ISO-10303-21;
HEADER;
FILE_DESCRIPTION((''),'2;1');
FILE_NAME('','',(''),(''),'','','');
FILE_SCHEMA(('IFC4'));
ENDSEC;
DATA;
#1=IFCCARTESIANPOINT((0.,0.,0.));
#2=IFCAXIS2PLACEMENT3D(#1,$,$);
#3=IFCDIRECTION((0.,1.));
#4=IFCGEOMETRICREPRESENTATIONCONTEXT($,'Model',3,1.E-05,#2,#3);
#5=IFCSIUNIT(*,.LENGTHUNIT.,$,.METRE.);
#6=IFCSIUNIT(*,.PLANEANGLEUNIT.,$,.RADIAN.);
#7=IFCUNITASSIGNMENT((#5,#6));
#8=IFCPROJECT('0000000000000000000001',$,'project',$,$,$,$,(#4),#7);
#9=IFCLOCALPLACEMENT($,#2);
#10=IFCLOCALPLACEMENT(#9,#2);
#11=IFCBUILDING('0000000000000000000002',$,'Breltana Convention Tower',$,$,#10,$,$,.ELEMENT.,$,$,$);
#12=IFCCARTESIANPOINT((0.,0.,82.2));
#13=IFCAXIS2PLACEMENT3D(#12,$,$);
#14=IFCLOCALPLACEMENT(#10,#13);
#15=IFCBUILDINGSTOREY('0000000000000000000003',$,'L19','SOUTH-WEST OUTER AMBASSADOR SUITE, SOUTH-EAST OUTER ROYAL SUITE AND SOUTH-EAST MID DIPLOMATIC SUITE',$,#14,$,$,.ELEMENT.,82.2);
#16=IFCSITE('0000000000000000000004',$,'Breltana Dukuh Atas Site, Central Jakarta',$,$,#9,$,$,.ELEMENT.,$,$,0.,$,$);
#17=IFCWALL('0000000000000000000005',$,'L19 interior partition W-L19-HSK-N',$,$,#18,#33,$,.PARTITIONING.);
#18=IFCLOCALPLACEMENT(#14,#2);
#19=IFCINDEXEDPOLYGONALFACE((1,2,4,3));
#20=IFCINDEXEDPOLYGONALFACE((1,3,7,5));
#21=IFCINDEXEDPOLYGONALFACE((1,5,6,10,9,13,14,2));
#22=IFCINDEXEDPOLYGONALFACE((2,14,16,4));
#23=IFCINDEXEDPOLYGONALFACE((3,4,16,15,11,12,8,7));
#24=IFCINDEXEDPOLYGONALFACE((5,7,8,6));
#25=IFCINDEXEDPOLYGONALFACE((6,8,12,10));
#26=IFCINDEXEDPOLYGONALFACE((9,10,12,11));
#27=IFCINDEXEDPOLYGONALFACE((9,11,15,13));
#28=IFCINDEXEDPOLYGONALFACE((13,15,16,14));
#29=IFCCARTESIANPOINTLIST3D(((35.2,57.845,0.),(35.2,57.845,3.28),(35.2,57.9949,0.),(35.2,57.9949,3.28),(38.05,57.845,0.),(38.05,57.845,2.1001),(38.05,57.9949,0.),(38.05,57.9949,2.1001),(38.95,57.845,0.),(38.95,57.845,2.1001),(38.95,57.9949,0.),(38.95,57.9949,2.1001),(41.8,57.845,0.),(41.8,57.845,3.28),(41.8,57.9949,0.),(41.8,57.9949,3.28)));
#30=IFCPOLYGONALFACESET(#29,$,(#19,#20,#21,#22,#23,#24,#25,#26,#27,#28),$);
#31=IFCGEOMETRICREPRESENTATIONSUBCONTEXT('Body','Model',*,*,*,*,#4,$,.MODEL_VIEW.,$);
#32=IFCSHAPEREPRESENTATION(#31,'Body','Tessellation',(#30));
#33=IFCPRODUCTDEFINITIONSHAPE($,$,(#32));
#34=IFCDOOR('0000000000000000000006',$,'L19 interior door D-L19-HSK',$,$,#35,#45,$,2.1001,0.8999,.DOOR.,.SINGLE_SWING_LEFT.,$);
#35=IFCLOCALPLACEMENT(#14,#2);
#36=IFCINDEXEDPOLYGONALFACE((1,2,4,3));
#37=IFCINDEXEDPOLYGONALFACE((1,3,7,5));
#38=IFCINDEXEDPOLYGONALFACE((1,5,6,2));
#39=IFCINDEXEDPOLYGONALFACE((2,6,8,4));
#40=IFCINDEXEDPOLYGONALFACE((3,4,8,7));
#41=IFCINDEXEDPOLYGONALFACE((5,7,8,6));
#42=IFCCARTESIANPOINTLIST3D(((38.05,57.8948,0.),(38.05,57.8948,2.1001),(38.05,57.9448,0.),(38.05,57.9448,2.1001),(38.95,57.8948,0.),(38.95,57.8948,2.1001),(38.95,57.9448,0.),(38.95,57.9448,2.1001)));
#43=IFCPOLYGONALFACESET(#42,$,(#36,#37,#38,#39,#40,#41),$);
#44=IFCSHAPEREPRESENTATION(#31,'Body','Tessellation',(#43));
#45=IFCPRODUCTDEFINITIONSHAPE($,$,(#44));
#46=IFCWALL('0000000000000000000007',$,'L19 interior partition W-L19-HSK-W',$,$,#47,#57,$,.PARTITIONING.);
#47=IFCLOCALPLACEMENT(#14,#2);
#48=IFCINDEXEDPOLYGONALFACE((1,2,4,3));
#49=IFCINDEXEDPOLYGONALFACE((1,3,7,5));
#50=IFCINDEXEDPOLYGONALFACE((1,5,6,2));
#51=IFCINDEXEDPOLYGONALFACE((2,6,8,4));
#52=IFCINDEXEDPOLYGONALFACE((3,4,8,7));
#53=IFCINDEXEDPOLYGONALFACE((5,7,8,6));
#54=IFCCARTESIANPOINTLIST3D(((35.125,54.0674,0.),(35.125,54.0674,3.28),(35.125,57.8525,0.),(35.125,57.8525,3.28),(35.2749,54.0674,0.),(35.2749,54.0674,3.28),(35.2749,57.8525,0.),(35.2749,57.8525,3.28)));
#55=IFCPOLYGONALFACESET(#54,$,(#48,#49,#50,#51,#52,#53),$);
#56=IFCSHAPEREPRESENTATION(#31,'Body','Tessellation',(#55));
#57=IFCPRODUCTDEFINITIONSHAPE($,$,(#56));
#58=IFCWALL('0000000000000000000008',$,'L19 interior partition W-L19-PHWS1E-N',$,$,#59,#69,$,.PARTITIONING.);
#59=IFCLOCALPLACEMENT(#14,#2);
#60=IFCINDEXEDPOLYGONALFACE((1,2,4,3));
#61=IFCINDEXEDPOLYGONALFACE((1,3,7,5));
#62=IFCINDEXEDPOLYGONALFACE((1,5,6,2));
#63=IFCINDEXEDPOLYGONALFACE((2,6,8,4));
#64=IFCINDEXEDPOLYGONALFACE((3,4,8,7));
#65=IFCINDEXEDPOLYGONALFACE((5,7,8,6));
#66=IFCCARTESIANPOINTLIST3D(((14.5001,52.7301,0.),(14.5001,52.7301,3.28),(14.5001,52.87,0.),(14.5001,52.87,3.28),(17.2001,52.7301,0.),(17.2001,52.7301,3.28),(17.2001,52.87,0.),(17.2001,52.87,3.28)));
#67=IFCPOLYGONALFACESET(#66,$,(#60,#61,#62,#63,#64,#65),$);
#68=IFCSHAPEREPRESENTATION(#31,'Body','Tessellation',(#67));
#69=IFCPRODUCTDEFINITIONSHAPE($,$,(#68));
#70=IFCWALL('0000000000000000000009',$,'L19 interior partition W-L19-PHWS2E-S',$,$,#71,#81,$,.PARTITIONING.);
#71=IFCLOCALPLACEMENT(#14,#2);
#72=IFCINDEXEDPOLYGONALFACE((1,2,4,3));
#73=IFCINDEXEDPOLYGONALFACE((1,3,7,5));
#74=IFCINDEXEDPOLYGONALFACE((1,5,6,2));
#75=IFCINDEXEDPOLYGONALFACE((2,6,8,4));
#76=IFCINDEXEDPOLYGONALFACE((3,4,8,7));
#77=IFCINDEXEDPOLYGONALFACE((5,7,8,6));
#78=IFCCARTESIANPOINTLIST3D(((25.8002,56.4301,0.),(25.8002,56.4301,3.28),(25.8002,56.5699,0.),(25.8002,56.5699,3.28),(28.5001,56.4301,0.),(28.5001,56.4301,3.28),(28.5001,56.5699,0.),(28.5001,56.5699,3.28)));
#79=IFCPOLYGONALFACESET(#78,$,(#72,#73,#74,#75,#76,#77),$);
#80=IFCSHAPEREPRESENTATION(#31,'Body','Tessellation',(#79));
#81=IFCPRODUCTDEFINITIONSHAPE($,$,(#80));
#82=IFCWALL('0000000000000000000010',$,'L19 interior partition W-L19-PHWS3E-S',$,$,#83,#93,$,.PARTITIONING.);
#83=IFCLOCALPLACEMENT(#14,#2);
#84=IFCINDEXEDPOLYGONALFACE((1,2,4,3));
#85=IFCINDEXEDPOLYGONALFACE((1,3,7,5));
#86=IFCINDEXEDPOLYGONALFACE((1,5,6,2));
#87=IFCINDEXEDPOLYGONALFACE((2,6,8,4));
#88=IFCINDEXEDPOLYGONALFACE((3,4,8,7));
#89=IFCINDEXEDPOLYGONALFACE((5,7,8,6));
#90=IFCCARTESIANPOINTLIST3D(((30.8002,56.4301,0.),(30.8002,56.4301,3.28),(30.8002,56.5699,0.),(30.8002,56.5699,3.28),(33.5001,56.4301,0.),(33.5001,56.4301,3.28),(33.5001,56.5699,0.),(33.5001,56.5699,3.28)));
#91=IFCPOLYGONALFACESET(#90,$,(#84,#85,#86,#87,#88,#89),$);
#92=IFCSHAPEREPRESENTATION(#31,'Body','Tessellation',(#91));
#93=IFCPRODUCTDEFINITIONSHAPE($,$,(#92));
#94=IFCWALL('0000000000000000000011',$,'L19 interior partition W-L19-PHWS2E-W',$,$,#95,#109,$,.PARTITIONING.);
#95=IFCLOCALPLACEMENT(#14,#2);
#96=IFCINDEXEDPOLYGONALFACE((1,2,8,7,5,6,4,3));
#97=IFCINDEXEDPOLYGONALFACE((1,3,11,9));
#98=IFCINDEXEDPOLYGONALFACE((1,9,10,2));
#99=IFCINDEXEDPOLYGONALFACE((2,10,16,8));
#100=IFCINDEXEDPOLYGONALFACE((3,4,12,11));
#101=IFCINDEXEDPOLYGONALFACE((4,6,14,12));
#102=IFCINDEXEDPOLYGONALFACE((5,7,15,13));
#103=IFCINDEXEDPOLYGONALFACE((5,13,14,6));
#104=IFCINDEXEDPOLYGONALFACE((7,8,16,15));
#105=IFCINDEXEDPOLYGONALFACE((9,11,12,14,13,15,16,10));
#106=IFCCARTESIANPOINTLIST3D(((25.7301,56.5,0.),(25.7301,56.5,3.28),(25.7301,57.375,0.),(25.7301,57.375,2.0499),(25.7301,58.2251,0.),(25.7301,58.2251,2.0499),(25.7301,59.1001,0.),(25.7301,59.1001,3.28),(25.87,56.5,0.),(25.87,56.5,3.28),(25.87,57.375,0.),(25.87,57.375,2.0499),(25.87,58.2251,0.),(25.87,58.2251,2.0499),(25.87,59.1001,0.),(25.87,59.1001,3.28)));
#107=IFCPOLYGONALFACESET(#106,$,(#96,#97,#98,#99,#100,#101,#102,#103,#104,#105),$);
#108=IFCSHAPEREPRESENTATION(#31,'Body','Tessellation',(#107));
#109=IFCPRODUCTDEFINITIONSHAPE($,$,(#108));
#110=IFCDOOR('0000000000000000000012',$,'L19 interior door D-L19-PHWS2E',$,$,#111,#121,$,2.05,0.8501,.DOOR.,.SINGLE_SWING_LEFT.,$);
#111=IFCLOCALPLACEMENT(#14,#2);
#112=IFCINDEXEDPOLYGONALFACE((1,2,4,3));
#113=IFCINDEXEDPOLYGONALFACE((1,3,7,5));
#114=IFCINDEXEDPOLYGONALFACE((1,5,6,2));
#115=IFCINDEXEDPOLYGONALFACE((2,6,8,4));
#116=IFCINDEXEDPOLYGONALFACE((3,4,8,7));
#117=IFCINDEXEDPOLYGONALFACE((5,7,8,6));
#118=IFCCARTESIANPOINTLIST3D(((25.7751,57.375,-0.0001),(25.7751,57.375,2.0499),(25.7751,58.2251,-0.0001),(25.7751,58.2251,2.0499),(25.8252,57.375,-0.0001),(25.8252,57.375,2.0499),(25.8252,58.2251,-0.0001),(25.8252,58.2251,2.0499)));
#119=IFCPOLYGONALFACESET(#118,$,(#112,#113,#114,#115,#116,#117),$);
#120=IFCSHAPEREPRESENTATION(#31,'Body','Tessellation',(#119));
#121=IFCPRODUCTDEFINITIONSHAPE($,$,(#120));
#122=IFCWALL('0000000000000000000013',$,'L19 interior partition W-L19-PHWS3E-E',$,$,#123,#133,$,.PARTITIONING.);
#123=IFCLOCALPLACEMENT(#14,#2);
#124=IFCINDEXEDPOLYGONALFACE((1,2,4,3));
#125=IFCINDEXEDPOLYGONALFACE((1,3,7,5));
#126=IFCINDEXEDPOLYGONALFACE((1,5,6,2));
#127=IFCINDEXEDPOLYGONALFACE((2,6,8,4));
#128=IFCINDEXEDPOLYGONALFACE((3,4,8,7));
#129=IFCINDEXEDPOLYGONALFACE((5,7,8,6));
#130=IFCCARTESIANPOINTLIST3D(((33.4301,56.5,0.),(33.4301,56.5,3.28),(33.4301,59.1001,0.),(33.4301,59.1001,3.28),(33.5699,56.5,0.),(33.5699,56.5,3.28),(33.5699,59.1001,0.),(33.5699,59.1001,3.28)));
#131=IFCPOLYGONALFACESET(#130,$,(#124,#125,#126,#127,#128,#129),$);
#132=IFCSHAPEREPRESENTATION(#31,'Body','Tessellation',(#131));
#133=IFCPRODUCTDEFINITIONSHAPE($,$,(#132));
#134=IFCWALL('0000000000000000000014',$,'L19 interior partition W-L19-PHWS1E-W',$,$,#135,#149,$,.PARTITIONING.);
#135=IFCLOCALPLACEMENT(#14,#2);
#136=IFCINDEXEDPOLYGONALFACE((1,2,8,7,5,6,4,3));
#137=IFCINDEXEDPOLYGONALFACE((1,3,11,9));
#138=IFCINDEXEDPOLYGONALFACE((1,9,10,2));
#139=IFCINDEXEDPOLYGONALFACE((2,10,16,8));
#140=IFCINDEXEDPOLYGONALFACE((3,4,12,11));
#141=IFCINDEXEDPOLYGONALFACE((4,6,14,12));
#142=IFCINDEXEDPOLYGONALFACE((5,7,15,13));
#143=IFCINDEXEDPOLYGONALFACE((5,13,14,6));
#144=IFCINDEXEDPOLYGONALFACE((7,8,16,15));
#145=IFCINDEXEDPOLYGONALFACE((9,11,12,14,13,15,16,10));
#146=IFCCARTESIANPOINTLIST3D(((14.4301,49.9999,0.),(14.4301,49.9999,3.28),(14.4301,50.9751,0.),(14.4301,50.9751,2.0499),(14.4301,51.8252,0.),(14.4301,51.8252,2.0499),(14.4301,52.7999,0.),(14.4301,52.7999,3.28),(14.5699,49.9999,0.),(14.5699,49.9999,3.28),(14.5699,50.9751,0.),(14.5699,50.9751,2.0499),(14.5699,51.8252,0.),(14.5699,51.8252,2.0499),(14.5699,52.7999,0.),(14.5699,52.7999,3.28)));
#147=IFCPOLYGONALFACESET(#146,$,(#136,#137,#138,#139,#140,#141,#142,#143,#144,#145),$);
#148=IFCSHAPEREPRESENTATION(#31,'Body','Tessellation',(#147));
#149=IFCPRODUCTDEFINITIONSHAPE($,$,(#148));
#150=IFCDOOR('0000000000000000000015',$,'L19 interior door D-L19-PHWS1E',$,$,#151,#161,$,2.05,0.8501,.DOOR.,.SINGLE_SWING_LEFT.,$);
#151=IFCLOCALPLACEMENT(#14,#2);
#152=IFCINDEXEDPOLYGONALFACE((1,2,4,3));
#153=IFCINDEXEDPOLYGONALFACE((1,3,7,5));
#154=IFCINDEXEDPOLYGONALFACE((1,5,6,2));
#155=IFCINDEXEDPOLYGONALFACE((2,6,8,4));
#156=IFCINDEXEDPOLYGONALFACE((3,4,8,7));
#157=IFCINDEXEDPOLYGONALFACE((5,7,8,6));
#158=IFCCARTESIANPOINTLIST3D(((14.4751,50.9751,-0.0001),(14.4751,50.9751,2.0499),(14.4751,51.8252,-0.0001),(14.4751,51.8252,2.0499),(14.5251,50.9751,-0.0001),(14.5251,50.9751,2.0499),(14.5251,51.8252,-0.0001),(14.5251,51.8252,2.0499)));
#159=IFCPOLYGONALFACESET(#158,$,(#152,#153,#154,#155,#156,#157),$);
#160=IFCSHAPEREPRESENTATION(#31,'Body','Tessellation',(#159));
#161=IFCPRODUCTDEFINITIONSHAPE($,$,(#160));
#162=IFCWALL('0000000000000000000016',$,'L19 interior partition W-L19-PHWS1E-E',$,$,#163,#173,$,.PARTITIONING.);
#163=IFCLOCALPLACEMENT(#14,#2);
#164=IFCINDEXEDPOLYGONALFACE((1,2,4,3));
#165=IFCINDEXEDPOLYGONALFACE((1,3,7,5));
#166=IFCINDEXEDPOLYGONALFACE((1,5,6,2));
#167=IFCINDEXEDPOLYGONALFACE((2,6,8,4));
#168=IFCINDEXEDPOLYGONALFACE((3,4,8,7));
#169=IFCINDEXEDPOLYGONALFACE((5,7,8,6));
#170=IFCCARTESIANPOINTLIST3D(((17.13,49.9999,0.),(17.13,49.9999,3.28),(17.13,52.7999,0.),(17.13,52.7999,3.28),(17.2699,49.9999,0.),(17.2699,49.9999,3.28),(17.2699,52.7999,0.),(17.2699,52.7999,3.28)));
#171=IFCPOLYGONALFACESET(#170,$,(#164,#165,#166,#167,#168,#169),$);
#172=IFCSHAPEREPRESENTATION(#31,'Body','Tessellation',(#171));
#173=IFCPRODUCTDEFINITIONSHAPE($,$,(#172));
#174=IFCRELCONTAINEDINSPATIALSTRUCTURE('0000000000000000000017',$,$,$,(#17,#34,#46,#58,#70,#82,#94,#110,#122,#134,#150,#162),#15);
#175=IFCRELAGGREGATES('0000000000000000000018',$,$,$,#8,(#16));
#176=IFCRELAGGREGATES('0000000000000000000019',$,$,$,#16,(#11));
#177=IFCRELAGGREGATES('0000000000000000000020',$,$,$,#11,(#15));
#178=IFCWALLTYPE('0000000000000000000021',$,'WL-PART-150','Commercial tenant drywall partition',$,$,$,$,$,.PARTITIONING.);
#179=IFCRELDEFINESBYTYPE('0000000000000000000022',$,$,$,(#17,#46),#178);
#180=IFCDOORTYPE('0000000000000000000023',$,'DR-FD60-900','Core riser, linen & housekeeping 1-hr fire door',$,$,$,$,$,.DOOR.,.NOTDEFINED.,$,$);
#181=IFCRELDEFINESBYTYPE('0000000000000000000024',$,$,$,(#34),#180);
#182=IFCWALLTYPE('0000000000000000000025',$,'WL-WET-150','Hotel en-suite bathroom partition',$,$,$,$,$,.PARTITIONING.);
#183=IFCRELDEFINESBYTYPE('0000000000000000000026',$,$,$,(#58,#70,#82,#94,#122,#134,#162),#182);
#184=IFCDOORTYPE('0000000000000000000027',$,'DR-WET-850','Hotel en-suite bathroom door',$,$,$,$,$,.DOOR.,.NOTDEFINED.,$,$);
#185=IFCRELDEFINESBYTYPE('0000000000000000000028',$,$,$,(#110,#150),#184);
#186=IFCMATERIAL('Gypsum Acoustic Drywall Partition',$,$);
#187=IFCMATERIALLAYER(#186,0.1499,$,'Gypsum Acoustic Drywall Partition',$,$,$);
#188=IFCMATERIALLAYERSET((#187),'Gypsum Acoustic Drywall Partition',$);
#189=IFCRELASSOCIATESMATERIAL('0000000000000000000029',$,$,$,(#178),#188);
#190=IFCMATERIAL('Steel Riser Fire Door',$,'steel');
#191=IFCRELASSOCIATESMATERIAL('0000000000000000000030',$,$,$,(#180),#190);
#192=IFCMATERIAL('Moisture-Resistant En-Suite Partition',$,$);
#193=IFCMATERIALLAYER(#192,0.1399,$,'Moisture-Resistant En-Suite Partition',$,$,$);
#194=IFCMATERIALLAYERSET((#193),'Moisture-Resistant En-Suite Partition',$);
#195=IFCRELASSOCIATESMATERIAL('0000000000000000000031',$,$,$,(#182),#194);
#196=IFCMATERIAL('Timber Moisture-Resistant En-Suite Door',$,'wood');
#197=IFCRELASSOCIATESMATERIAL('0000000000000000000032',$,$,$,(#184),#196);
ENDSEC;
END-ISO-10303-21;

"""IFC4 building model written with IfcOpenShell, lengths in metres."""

from ifc_helpers import new_model, si_unit, direction, frame, frame_2d, origin, place, context, subcontext, project, spatial, rectangle, extrude, source, transform, mapped, material, layer, layer_set, type_object, type_shapes, element, fill, save


model = new_model("IFC4")

# Units and contexts
model_context = context("Model", 3, precision=1e-05, world=origin(), true_north=direction((0.0, 1.0)))
body_context = subcontext(model_context, "Body", "Model", "MODEL_VIEW")
ifc_project = project(units=[si_unit("LENGTHUNIT", "METRE"), si_unit("PLANEANGLEUNIT", "RADIAN")], contexts=[model_context])

# Site, building, storey
site_placement = place(None, origin())
site = spatial("IfcSite", under=ifc_project, at=site_placement, Name="Breltana Dukuh Atas Site, Central Jakarta", CompositionType="ELEMENT", RefElevation=0.0)
building_placement = place(site_placement, origin())
building = spatial("IfcBuilding", under=site, at=building_placement, Name="Breltana Convention Tower", CompositionType="ELEMENT")
storey_placement = place(building_placement, frame((0.0, 0.0, 82.2)))
storey = spatial("IfcBuildingStorey", under=building, at=storey_placement, Name="L19", Description="SOUTH-WEST OUTER AMBASSADOR SUITE, SOUTH-EAST OUTER ROYAL SUITE AND SOUTH-EAST MID DIPLOMATIC SUITE", CompositionType="ELEMENT", Elevation=82.2)

# Shared definitions
ifc_material_1 = material(Name="Gypsum Acoustic Drywall Partition")
ifc_layer_1 = layer(ifc_material_1, 0.1499, Name="Gypsum Acoustic Drywall Partition")
ifc_layer_set_1 = layer_set([ifc_layer_1], Name="Gypsum Acoustic Drywall Partition")
wall_type_1 = type_object("IfcWallType", Name="WL-PART-150", Description="Commercial tenant drywall partition", PredefinedType="PARTITIONING", material=ifc_layer_set_1)

# Wall, opening, door
shared_shape_1 = source(origin(), body_context, "Body", "SweptSolid", [
    extrude(rectangle(XDim=6.6001, YDim=0.1499, at=frame_2d((3.3, 0.0))), origin(), (0.0, 0.0, 1.0), 3.28),
])
wall_1_placement = place(storey_placement, frame((35.2, 57.9199, 0.0), z_axis=(0.0, 0.0, 1.0), x_axis=(1.0, 0.0, 0.0)))
wall_1 = element("IfcWall", 1, at=wall_1_placement, inside=storey, type_object=wall_type_1, Name="L19 interior partition W-L19-HSK-N", PredefinedType="PARTITIONING", context=body_context, shape_type="MappedRepresentation", body=[
    mapped(shared_shape_1, transform((0.0, 0.0, 0.0), scale=1.0)),
])
opening_1_placement = place(wall_1_placement, frame((2.8501, 0.0, 0.0)))
opening_1 = element("IfcOpeningElement", 2, at=opening_1_placement, cuts=wall_1, PredefinedType="OPENING", context=body_context, shape_type="SweptSolid", body=[
    extrude(rectangle(XDim=0.8999, YDim=2.1001, at=frame_2d((0.45, 1.05))), frame((0.0, 0.085, 0.0), z_axis=(0.0, -1.0, 0.0), x_axis=(1.0, 0.0, 0.0)), (0.0, 0.0, 1.0), 0.1699),
])
ifc_material_2 = material(Name="Steel Riser Fire Door", Category="steel")
door_type_1 = type_object("IfcDoorType", Name="DR-FD60-900", Description="Core riser, linen & housekeeping 1-hr fire door", OperationType="NOTDEFINED", PredefinedType="DOOR", material=ifc_material_2)
shared_shape_2 = source(origin(), body_context, "Body", "SweptSolid", [
    extrude(rectangle(XDim=0.8999, YDim=2.1001, at=frame_2d((0.45, 1.05))), frame((0.0, 0.0249, 0.0), z_axis=(0.0, -1.0, 0.0), x_axis=(1.0, 0.0, 0.0)), (0.0, 0.0, 1.0), 0.05),
])
type_shapes(door_type_1, [shared_shape_2])
door_1_placement = place(opening_1_placement, origin())
door_1 = element("IfcDoor", 3, at=door_1_placement, inside=storey, type_object=door_type_1, Name="L19 interior door D-L19-HSK", OperationType="SINGLE_SWING_LEFT", OverallHeight=2.1001, OverallWidth=0.8999, PredefinedType="DOOR", context=body_context, shape_type="MappedRepresentation", body=[
    mapped(shared_shape_2, transform((0.0, 0.0, 0.0), scale=1.0)),
])
fill(opening_1, door_1)

# Walls
shared_shape_3 = source(origin(), body_context, "Body", "SweptSolid", [
    extrude(rectangle(XDim=3.7852, YDim=0.1499, at=frame_2d((1.8926, 0.0))), origin(), (0.0, 0.0, 1.0), 3.28),
])
wall_2_placement = place(storey_placement, frame((35.2, 54.0674, 0.0), z_axis=(0.0, 0.0, 1.0), x_axis=(0.0, 1.0, 0.0)))
element("IfcWall", 4, at=wall_2_placement, inside=storey, type_object=wall_type_1, Name="L19 interior partition W-L19-HSK-W", PredefinedType="PARTITIONING", context=body_context, shape_type="MappedRepresentation", body=[
    mapped(shared_shape_3, transform((0.0, 0.0, 0.0), scale=1.0)),
])
ifc_material_3 = material(Name="Moisture-Resistant En-Suite Partition")
ifc_layer_2 = layer(ifc_material_3, 0.1399, Name="Moisture-Resistant En-Suite Partition")
ifc_layer_set_2 = layer_set([ifc_layer_2], Name="Moisture-Resistant En-Suite Partition")
wall_type_2 = type_object("IfcWallType", Name="WL-WET-150", Description="Hotel en-suite bathroom partition", PredefinedType="PARTITIONING", material=ifc_layer_set_2)
shared_shape_4 = source(origin(), body_context, "Body", "SweptSolid", [
    extrude(rectangle(XDim=2.7, YDim=0.1399, at=frame_2d((1.3501, 0.0))), origin(), (0.0, 0.0, 1.0), 3.28),
])
for number, where, z_axis, x_axis, name in (
    (5, (14.5, 52.8, 0.0), (0.0, 0.0, 1.0), (1.0, 0.0, 0.0), "L19 interior partition W-L19-PHWS1E-N"),
    (6, (25.8, 56.5, 0.0), (0.0, 0.0, 1.0), (1.0, 0.0, 0.0), "L19 interior partition W-L19-PHWS2E-S"),
    (7, (30.8, 56.5, 0.0), (0.0, 0.0, 1.0), (1.0, 0.0, 0.0), "L19 interior partition W-L19-PHWS3E-S"),
):
    element("IfcWall", number, at=place(storey_placement, frame(where, z_axis=z_axis, x_axis=x_axis)), inside=storey, type_object=wall_type_2, Name=name, PredefinedType="PARTITIONING", context=body_context, shape_type="MappedRepresentation", body=[
        mapped(shared_shape_4, transform((0.0, 0.0, 0.0), scale=1.0)),
    ])

# Wall, opening, door
shared_shape_5 = source(origin(), body_context, "Body", "SweptSolid", [
    extrude(rectangle(XDim=2.6001, YDim=0.1399, at=frame_2d((1.3, 0.0))), origin(), (0.0, 0.0, 1.0), 3.28),
])
wall_3_placement = place(storey_placement, frame((25.8, 56.5, 0.0), z_axis=(0.0, 0.0, 1.0), x_axis=(0.0, 1.0, 0.0)))
wall_3 = element("IfcWall", 8, at=wall_3_placement, inside=storey, type_object=wall_type_2, Name="L19 interior partition W-L19-PHWS2E-W", PredefinedType="PARTITIONING", context=body_context, shape_type="MappedRepresentation", body=[
    mapped(shared_shape_5, transform((0.0, 0.0, 0.0), scale=1.0)),
])
opening_2_placement = place(wall_3_placement, frame((0.875, 0.0, 0.0)))
opening_2 = element("IfcOpeningElement", 9, at=opening_2_placement, cuts=wall_3, PredefinedType="OPENING", context=body_context, shape_type="SweptSolid", body=[
    extrude(rectangle(XDim=0.8501, YDim=2.05, at=frame_2d((0.425, 1.0249))), frame((0.0, 0.0801, 0.0), z_axis=(0.0, -1.0, 0.0), x_axis=(1.0, 0.0, 0.0)), (0.0, 0.0, 1.0), 0.1599),
])
ifc_material_4 = material(Name="Timber Moisture-Resistant En-Suite Door", Category="wood")
door_type_2 = type_object("IfcDoorType", Name="DR-WET-850", Description="Hotel en-suite bathroom door", OperationType="NOTDEFINED", PredefinedType="DOOR", material=ifc_material_4)
shared_shape_6 = source(origin(), body_context, "Body", "SweptSolid", [
    extrude(rectangle(XDim=0.8501, YDim=2.05, at=frame_2d((0.425, 1.0249))), frame((0.0, 0.0249, 0.0), z_axis=(0.0, -1.0, 0.0), x_axis=(1.0, 0.0, 0.0)), (0.0, 0.0, 1.0), 0.05),
])
type_shapes(door_type_2, [shared_shape_6])
door_2_placement = place(opening_2_placement, origin())
door_2 = element("IfcDoor", 10, at=door_2_placement, inside=storey, type_object=door_type_2, Name="L19 interior door D-L19-PHWS2E", OperationType="SINGLE_SWING_LEFT", OverallHeight=2.05, OverallWidth=0.8501, PredefinedType="DOOR", context=body_context, shape_type="MappedRepresentation", body=[
    mapped(shared_shape_6, transform((0.0, 0.0, 0.0), scale=1.0)),
])
fill(opening_2, door_2)

# Wall
wall_4_placement = place(storey_placement, frame((33.5, 56.5, 0.0), z_axis=(0.0, 0.0, 1.0), x_axis=(0.0, 1.0, 0.0)))
element("IfcWall", 11, at=wall_4_placement, inside=storey, type_object=wall_type_2, Name="L19 interior partition W-L19-PHWS3E-E", PredefinedType="PARTITIONING", context=body_context, shape_type="MappedRepresentation", body=[
    mapped(shared_shape_5, transform((0.0, 0.0, 0.0), scale=1.0)),
])

# Wall, opening, door
shared_shape_7 = source(origin(), body_context, "Body", "SweptSolid", [
    extrude(rectangle(XDim=2.8, YDim=0.1399, at=frame_2d((1.3999, 0.0))), origin(), (0.0, 0.0, 1.0), 3.28),
])
wall_5_placement = place(storey_placement, frame((14.5, 50.0, 0.0), z_axis=(0.0, 0.0, 1.0), x_axis=(0.0, 1.0, 0.0)))
wall_5 = element("IfcWall", 12, at=wall_5_placement, inside=storey, type_object=wall_type_2, Name="L19 interior partition W-L19-PHWS1E-W", PredefinedType="PARTITIONING", context=body_context, shape_type="MappedRepresentation", body=[
    mapped(shared_shape_7, transform((0.0, 0.0, 0.0), scale=1.0)),
])
opening_3_placement = place(wall_5_placement, frame((0.9751, 0.0, 0.0)))
opening_3 = element("IfcOpeningElement", 13, at=opening_3_placement, cuts=wall_5, PredefinedType="OPENING", context=body_context, shape_type="SweptSolid", body=[
    extrude(rectangle(XDim=0.8501, YDim=2.05, at=frame_2d((0.425, 1.0249))), frame((0.0, 0.0801, 0.0), z_axis=(0.0, -1.0, 0.0), x_axis=(1.0, 0.0, 0.0)), (0.0, 0.0, 1.0), 0.1599),
])
door_3_placement = place(opening_3_placement, origin())
door_3 = element("IfcDoor", 14, at=door_3_placement, inside=storey, type_object=door_type_2, Name="L19 interior door D-L19-PHWS1E", OperationType="SINGLE_SWING_LEFT", OverallHeight=2.05, OverallWidth=0.8501, PredefinedType="DOOR", context=body_context, shape_type="MappedRepresentation", body=[
    mapped(shared_shape_6, transform((0.0, 0.0, 0.0), scale=1.0)),
])
fill(opening_3, door_3)

# Wall
wall_6_placement = place(storey_placement, frame((17.2, 50.0, 0.0), z_axis=(0.0, 0.0, 1.0), x_axis=(0.0, 1.0, 0.0)))
element("IfcWall", 15, at=wall_6_placement, inside=storey, type_object=wall_type_2, Name="L19 interior partition W-L19-PHWS1E-E", PredefinedType="PARTITIONING", context=body_context, shape_type="MappedRepresentation", body=[
    mapped(shared_shape_7, transform((0.0, 0.0, 0.0), scale=1.0)),
])

save(model, "model.ifc")
